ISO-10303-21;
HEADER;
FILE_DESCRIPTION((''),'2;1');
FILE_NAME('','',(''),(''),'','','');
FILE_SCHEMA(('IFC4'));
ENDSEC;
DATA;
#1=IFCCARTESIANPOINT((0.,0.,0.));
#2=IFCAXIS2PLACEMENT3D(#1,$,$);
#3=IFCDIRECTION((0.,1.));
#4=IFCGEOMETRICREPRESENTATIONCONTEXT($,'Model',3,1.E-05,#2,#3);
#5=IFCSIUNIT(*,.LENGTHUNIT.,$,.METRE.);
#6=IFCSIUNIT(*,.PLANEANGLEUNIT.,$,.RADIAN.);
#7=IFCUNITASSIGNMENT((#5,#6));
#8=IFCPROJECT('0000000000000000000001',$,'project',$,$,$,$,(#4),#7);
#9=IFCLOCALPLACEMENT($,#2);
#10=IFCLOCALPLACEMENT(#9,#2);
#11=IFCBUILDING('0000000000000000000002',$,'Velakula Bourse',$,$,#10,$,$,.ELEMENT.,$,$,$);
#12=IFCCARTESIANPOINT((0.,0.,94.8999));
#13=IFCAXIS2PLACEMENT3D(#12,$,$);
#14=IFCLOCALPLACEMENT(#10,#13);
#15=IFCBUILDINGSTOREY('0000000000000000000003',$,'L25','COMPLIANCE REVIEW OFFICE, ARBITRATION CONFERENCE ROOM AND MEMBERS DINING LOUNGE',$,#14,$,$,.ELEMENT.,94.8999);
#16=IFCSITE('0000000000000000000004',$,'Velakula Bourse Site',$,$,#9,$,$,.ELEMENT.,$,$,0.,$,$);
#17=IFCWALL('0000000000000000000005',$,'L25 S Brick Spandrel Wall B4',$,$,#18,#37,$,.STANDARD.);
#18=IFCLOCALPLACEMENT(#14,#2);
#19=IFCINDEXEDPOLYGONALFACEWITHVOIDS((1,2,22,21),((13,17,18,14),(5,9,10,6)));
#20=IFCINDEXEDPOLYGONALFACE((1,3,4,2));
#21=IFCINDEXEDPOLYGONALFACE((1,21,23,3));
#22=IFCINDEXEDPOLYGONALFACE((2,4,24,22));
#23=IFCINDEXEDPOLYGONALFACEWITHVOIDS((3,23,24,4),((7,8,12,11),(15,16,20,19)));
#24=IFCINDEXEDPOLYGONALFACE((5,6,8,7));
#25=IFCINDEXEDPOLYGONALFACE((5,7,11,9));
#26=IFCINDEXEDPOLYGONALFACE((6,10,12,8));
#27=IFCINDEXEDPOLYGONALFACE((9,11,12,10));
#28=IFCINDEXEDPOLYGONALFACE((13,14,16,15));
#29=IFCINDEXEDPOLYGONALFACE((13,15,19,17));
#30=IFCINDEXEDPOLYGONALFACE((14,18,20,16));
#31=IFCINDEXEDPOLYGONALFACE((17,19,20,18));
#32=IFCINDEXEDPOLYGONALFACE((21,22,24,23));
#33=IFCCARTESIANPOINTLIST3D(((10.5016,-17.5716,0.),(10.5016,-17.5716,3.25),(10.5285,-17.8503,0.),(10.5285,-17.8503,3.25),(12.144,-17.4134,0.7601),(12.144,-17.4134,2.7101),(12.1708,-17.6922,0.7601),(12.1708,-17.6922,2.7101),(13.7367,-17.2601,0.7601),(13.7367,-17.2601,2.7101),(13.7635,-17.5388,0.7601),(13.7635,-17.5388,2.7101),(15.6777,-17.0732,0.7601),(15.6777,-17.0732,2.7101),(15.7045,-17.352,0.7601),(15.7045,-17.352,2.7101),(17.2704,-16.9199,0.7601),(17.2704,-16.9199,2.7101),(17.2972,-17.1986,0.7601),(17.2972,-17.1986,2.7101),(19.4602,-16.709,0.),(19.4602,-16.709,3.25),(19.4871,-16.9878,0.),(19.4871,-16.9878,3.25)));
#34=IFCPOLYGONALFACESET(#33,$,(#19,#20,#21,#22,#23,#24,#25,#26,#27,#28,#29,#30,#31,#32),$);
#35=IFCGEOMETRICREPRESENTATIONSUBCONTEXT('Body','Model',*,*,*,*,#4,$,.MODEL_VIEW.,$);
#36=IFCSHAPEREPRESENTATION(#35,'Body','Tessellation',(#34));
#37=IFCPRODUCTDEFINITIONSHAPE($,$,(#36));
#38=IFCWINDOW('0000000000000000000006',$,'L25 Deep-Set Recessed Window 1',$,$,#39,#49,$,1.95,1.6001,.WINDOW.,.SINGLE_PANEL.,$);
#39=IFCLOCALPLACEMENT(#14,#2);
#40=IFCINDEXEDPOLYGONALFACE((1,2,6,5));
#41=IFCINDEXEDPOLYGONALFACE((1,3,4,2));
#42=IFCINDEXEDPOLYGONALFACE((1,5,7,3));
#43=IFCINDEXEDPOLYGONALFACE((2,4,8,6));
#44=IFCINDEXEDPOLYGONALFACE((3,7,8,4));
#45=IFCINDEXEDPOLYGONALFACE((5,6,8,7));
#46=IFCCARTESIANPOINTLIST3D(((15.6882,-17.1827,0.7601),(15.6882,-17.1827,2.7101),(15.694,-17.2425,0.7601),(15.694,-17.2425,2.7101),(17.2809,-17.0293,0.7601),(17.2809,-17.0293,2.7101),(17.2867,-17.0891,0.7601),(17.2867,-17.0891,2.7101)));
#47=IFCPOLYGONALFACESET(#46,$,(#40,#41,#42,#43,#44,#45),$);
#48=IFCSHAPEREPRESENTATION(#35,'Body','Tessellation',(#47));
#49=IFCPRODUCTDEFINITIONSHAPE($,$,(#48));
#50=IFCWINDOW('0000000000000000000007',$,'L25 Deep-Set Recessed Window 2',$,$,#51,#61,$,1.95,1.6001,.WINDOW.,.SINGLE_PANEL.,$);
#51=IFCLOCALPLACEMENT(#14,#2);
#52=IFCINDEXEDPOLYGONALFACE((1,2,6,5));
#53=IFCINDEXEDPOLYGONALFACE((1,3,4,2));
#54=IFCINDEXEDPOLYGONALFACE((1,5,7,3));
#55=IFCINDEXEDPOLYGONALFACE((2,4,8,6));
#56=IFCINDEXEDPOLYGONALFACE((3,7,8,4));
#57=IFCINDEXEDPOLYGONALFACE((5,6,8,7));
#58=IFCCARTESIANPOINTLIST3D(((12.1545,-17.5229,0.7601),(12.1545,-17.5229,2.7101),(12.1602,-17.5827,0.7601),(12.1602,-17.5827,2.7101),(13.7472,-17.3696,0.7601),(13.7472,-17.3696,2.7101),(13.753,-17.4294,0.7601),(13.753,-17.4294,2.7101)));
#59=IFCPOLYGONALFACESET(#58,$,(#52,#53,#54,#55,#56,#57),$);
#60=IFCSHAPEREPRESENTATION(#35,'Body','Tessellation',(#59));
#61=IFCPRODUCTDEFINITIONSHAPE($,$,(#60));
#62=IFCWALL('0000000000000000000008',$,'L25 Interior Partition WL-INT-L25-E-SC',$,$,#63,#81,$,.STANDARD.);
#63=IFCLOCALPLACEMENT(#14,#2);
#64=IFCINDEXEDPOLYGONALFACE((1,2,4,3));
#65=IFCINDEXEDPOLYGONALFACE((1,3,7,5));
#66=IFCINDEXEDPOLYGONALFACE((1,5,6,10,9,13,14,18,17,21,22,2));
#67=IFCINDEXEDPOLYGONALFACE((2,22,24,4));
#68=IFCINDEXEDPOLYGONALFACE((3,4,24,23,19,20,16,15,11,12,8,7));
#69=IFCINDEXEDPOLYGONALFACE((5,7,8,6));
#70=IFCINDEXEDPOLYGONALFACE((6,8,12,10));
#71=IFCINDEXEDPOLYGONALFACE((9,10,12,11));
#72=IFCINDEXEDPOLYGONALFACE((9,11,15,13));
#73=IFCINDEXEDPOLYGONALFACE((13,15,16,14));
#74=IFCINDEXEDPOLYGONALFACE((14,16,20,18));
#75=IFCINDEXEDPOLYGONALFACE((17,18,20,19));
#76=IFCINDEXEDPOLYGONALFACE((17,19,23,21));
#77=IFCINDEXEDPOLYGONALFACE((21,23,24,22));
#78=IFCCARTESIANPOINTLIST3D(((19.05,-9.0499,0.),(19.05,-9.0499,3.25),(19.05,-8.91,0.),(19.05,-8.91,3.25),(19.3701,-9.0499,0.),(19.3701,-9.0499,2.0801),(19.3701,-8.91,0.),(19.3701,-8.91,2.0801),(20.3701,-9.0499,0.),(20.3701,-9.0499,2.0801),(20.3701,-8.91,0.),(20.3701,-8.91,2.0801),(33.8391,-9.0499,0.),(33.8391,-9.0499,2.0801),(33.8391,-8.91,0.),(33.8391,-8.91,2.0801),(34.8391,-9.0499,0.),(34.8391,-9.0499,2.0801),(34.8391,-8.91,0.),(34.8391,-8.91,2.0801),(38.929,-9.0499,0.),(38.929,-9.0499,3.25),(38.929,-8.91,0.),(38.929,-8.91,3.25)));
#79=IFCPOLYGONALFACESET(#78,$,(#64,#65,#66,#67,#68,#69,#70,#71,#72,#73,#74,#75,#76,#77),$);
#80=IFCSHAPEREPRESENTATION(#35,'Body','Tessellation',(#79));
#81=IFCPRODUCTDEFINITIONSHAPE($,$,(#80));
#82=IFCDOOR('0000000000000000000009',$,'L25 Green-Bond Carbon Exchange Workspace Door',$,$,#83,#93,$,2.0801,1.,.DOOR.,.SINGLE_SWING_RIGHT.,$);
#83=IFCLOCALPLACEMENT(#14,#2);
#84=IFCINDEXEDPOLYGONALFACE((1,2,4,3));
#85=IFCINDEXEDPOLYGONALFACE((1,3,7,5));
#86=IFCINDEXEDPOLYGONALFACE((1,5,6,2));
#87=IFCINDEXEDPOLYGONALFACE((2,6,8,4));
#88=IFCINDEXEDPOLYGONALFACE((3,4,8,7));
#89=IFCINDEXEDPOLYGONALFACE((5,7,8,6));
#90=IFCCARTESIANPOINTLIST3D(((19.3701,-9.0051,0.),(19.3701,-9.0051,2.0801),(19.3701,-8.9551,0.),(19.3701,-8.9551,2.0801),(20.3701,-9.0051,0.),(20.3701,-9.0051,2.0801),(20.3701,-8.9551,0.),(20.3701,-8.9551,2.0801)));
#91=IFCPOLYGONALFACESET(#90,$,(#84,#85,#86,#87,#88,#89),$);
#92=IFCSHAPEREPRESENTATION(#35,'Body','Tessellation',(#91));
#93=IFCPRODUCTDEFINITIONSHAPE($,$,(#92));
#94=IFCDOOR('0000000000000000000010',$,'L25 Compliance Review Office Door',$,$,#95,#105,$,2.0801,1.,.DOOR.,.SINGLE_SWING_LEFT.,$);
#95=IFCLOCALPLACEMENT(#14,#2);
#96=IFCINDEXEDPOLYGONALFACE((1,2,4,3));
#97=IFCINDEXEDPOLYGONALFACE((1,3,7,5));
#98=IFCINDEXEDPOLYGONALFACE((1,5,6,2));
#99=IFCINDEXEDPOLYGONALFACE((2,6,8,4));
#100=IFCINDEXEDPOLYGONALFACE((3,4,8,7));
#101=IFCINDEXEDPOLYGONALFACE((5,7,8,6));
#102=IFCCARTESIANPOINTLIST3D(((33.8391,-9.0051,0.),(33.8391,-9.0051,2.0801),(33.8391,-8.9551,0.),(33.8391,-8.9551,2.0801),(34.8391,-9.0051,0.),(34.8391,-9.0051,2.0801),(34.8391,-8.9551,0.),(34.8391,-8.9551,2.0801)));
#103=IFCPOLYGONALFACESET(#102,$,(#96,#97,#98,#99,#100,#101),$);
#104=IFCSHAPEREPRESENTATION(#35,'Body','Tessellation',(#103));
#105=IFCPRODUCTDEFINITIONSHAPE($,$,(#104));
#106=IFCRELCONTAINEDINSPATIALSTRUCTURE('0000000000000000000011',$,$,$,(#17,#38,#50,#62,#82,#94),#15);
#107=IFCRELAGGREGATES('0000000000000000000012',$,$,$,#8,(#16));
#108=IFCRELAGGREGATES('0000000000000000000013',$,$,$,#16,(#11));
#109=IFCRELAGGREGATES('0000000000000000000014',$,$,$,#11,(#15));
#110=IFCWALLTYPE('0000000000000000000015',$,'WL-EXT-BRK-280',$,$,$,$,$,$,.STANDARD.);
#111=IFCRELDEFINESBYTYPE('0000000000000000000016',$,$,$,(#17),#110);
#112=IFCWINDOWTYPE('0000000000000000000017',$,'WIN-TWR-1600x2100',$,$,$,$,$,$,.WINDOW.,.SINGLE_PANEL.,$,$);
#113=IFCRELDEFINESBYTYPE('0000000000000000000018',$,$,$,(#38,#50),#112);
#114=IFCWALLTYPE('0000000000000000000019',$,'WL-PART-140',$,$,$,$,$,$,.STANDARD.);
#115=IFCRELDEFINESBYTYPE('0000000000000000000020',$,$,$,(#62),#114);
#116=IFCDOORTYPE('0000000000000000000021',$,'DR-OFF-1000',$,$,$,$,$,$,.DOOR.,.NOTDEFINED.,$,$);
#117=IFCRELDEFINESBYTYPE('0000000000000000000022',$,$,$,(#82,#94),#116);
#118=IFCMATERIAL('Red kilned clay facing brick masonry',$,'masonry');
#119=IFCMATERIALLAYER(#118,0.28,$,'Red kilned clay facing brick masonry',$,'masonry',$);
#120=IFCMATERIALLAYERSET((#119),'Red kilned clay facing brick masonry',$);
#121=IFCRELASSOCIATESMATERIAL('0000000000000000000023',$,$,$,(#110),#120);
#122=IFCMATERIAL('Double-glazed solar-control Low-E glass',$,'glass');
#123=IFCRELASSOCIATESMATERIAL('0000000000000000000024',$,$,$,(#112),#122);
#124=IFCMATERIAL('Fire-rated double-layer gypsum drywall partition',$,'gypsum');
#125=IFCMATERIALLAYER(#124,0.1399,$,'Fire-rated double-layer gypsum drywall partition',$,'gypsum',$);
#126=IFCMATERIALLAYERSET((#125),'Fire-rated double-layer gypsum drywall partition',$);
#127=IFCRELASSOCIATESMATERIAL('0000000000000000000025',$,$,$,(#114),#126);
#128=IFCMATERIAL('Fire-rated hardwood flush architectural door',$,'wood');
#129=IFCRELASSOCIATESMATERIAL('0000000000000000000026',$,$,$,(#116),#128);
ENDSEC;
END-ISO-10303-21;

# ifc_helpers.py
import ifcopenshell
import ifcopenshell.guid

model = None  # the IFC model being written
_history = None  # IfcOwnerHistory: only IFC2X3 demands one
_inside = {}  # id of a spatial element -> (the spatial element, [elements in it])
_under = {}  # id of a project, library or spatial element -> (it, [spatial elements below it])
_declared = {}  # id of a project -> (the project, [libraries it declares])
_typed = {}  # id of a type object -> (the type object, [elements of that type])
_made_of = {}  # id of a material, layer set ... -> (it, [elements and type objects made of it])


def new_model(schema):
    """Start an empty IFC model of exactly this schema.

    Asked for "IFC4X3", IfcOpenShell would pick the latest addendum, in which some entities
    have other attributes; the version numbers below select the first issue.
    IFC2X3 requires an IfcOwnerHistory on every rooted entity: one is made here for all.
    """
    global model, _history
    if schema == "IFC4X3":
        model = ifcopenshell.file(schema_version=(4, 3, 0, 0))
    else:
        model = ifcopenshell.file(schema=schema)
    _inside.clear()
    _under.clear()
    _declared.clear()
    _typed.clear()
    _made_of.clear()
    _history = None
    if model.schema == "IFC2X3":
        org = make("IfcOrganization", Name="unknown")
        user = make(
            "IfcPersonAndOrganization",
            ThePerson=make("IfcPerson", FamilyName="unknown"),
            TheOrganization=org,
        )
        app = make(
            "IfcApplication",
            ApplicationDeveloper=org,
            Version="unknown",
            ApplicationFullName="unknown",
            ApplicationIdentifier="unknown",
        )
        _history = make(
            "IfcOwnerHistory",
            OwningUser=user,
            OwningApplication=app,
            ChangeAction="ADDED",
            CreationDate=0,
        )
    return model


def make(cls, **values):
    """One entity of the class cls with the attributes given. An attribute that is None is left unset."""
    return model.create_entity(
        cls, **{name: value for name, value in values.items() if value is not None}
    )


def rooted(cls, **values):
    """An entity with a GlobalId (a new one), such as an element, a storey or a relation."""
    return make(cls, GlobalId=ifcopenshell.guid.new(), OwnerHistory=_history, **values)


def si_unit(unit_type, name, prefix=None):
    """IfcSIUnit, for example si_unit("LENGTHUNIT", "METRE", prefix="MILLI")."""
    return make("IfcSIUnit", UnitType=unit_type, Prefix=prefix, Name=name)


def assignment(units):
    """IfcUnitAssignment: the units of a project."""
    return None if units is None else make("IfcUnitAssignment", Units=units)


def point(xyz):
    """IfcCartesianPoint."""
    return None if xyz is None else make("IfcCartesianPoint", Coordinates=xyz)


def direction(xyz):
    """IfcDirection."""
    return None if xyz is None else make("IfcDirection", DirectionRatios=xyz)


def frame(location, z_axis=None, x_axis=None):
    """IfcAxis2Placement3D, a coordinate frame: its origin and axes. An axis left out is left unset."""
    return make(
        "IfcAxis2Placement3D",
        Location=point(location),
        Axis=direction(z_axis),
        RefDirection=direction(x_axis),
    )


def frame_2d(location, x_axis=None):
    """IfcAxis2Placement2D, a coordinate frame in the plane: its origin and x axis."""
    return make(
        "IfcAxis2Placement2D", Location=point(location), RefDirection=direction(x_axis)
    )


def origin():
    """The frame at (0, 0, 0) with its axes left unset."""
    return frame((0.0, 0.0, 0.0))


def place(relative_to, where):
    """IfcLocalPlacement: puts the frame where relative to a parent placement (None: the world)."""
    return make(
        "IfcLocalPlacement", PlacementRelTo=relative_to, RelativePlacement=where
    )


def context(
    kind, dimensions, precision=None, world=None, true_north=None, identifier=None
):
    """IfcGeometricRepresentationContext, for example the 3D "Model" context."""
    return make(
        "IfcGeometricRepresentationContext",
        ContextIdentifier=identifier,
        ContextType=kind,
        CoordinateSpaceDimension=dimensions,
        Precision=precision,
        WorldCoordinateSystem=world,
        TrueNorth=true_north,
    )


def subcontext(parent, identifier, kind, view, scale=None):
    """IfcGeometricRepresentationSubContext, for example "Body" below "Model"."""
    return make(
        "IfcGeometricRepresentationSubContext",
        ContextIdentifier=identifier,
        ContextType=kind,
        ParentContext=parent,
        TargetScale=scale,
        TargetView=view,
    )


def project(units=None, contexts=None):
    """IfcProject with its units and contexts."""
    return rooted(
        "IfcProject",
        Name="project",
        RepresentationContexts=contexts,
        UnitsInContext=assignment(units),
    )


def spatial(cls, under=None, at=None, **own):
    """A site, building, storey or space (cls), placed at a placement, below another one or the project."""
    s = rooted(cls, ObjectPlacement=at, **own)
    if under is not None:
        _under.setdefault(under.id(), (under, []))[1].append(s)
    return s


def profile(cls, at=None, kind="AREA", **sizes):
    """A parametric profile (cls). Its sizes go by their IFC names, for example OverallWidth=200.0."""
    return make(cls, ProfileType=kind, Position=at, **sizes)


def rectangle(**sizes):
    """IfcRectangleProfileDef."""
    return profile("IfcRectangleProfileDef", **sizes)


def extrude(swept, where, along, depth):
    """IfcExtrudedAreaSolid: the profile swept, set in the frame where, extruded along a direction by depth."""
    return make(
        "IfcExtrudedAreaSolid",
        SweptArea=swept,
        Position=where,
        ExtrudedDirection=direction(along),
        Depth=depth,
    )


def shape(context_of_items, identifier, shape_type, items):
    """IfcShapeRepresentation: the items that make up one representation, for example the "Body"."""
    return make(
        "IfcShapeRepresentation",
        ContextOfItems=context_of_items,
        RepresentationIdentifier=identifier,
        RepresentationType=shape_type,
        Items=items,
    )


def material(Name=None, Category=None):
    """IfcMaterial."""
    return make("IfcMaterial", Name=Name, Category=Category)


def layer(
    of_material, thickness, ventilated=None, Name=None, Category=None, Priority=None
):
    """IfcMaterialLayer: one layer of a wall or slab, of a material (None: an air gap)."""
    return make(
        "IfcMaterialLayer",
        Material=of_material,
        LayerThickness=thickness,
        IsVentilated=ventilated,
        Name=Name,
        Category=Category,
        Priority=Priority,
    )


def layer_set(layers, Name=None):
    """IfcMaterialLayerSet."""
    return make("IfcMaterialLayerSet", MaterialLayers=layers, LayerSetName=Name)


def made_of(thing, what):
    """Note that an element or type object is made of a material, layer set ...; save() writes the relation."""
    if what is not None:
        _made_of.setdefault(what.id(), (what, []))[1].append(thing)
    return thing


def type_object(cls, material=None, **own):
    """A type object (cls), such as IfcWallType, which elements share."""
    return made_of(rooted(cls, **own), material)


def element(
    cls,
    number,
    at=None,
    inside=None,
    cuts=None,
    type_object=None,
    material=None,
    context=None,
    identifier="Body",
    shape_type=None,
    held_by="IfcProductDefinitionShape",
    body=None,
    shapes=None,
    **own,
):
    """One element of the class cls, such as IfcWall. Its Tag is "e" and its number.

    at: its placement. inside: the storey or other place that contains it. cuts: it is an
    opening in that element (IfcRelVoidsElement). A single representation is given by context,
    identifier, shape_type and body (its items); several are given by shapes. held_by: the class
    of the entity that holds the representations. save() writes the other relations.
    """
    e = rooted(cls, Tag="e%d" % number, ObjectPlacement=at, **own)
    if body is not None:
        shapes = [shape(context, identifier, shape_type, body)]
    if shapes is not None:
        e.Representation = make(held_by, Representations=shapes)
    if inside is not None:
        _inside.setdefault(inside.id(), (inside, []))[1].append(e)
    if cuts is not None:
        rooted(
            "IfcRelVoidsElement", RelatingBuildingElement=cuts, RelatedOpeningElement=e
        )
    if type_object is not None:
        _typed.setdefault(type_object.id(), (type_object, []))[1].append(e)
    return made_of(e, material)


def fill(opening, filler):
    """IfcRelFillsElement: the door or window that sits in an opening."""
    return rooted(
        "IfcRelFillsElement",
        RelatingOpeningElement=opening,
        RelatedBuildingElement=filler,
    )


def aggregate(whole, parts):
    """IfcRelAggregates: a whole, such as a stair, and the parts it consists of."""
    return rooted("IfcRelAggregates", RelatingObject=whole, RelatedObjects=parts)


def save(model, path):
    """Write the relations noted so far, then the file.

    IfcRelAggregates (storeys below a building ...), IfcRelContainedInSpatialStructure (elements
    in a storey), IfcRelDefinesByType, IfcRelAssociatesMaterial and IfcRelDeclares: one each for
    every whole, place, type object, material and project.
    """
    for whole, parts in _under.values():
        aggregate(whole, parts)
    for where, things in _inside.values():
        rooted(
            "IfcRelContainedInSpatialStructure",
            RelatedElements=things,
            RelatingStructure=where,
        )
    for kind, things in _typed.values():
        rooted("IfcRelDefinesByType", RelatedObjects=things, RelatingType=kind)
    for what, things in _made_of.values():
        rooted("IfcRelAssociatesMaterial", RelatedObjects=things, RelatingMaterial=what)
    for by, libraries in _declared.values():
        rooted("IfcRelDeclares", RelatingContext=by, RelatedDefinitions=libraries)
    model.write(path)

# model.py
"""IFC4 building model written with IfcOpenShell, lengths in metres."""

from ifc_helpers import new_model, si_unit, direction, frame, frame_2d, origin, place, context, subcontext, project, spatial, rectangle, extrude, material, layer, layer_set, type_object, element, fill, save


model = new_model("IFC4")

# Units and contexts
model_context = context("Model", 3, precision=1e-05, world=origin(), true_north=direction((0.0, 1.0)))
body_context = subcontext(model_context, "Body", "Model", "MODEL_VIEW")
ifc_project = project(units=[si_unit("LENGTHUNIT", "METRE"), si_unit("PLANEANGLEUNIT", "RADIAN")], contexts=[model_context])

# Site, building, storey
site_placement = place(None, origin())
site = spatial("IfcSite", under=ifc_project, at=site_placement, Name="Velakula Bourse Site", CompositionType="ELEMENT", RefElevation=0.0)
building_placement = place(site_placement, origin())
building = spatial("IfcBuilding", under=site, at=building_placement, Name="Velakula Bourse", CompositionType="ELEMENT")
storey_placement = place(building_placement, frame((0.0, 0.0, 94.8999)))
storey = spatial("IfcBuildingStorey", under=building, at=storey_placement, Name="L25", Description="COMPLIANCE REVIEW OFFICE, ARBITRATION CONFERENCE ROOM AND MEMBERS DINING LOUNGE", CompositionType="ELEMENT", Elevation=94.8999)

# Wall, openings, windows
ifc_material_1 = material(Name="Red kilned clay facing brick masonry", Category="masonry")
ifc_layer_1 = layer(ifc_material_1, 0.28, Name="Red kilned clay facing brick masonry", Category="masonry")
ifc_layer_set_1 = layer_set([ifc_layer_1], Name="Red kilned clay facing brick masonry")
wall_type_1 = type_object("IfcWallType", Name="WL-EXT-BRK-280", PredefinedType="STANDARD", material=ifc_layer_set_1)
wall_1_placement = place(storey_placement, frame((19.4736, -16.8484, 0.0), z_axis=(0.0, 0.0, 1.0), x_axis=(-0.995397, -0.09584, 0.0)))
wall_1 = element("IfcWall", 1, at=wall_1_placement, inside=storey, type_object=wall_type_1, Name="L25 S Brick Spandrel Wall B4", PredefinedType="STANDARD", context=body_context, shape_type="SweptSolid", body=[
    extrude(rectangle(XDim=9.0, YDim=0.28, at=frame_2d((4.5, 0.0))), origin(), (0.0, 0.0, 1.0), 3.25),
])
opening_1_placement = place(wall_1_placement, frame((2.2, 0.0, 0.76)))
opening_1 = element("IfcOpeningElement", 2, at=opening_1_placement, cuts=wall_1, PredefinedType="OPENING", context=body_context, shape_type="SweptSolid", body=[
    extrude(rectangle(XDim=1.6001, YDim=1.95, at=frame_2d((0.8, 0.9751))), frame((0.0, 0.1499, 0.0), z_axis=(0.0, -1.0, 0.0), x_axis=(1.0, 0.0, 0.0)), (0.0, 0.0, 1.0), 0.3),
])
opening_2_placement = place(wall_1_placement, frame((5.75, 0.0, 0.76)))
opening_2 = element("IfcOpeningElement", 3, at=opening_2_placement, cuts=wall_1, PredefinedType="OPENING", context=body_context, shape_type="SweptSolid", body=[
    extrude(rectangle(XDim=1.6001, YDim=1.95, at=frame_2d((0.8, 0.9751))), frame((0.0, 0.1499, 0.0), z_axis=(0.0, -1.0, 0.0), x_axis=(1.0, 0.0, 0.0)), (0.0, 0.0, 1.0), 0.3),
])
ifc_material_2 = material(Name="Double-glazed solar-control Low-E glass", Category="glass")
window_type = type_object("IfcWindowType", Name="WIN-TWR-1600x2100", PartitioningType="SINGLE_PANEL", PredefinedType="WINDOW", material=ifc_material_2)
window_1_placement = place(opening_1_placement, origin())
window_1 = element("IfcWindow", 4, at=window_1_placement, inside=storey, type_object=window_type, Name="L25 Deep-Set Recessed Window 1", OverallHeight=1.95, OverallWidth=1.6001, PartitioningType="SINGLE_PANEL", PredefinedType="WINDOW", context=body_context, shape_type="SweptSolid", body=[
    extrude(rectangle(XDim=1.6001, YDim=1.95, at=frame_2d((0.8, 0.9751))), frame((0.0, 0.03, 0.0), z_axis=(0.0, -1.0, 0.0), x_axis=(1.0, 0.0, 0.0)), (0.0, 0.0, 1.0), 0.0601),
])
fill(opening_1, window_1)
window_2_placement = place(opening_2_placement, origin())
window_2 = element("IfcWindow", 5, at=window_2_placement, inside=storey, type_object=window_type, Name="L25 Deep-Set Recessed Window 2", OverallHeight=1.95, OverallWidth=1.6001, PartitioningType="SINGLE_PANEL", PredefinedType="WINDOW", context=body_context, shape_type="SweptSolid", body=[
    extrude(rectangle(XDim=1.6001, YDim=1.95, at=frame_2d((0.8, 0.9751))), frame((0.0, 0.03, 0.0), z_axis=(0.0, -1.0, 0.0), x_axis=(1.0, 0.0, 0.0)), (0.0, 0.0, 1.0), 0.0601),
])
fill(opening_2, window_2)

# Wall, openings, doors
ifc_material_3 = material(Name="Fire-rated double-layer gypsum drywall partition", Category="gypsum")
ifc_layer_2 = layer(ifc_material_3, 0.1399, Name="Fire-rated double-layer gypsum drywall partition", Category="gypsum")
ifc_layer_set_2 = layer_set([ifc_layer_2], Name="Fire-rated double-layer gypsum drywall partition")
wall_type_2 = type_object("IfcWallType", Name="WL-PART-140", PredefinedType="STANDARD", material=ifc_layer_set_2)
wall_2_placement = place(storey_placement, frame((19.05, -8.98, 0.0), z_axis=(0.0, 0.0, 1.0), x_axis=(1.0, 0.0, 0.0)))
wall_2 = element("IfcWall", 6, at=wall_2_placement, inside=storey, type_object=wall_type_2, Name="L25 Interior Partition WL-INT-L25-E-SC", PredefinedType="STANDARD", context=body_context, shape_type="SweptSolid", body=[
    extrude(rectangle(XDim=19.8789, YDim=0.1399, at=frame_2d((9.9395, 0.0))), origin(), (0.0, 0.0, 1.0), 3.25),
])
opening_3_placement = place(wall_2_placement, frame((0.3201, 0.0, 0.0)))
opening_3 = element("IfcOpeningElement", 7, at=opening_3_placement, cuts=wall_2, PredefinedType="OPENING", context=body_context, shape_type="SweptSolid", body=[
    extrude(rectangle(XDim=1.0, YDim=2.0801, at=frame_2d((0.5, 1.04))), frame((0.0, 0.0798, 0.0), z_axis=(0.0, -1.0, 0.0), x_axis=(1.0, 0.0, 0.0)), (0.0, 0.0, 1.0), 0.1599),
])
opening_4_placement = place(wall_2_placement, frame((14.7891, 0.0, 0.0)))
opening_4 = element("IfcOpeningElement", 8, at=opening_4_placement, cuts=wall_2, PredefinedType="OPENING", context=body_context, shape_type="SweptSolid", body=[
    extrude(rectangle(XDim=1.0, YDim=2.0801, at=frame_2d((0.5, 1.04))), frame((0.0, 0.0798, 0.0), z_axis=(0.0, -1.0, 0.0), x_axis=(1.0, 0.0, 0.0)), (0.0, 0.0, 1.0), 0.1599),
])
ifc_material_4 = material(Name="Fire-rated hardwood flush architectural door", Category="wood")
door_type = type_object("IfcDoorType", Name="DR-OFF-1000", OperationType="NOTDEFINED", PredefinedType="DOOR", material=ifc_material_4)
door_1_placement = place(opening_3_placement, origin())
door_1 = element("IfcDoor", 9, at=door_1_placement, inside=storey, type_object=door_type, Name="L25 Green-Bond Carbon Exchange Workspace Door", OperationType="SINGLE_SWING_RIGHT", OverallHeight=2.0801, OverallWidth=1.0, PredefinedType="DOOR", context=body_context, shape_type="SweptSolid", body=[
    extrude(rectangle(XDim=1.0, YDim=2.0801, at=frame_2d((0.5, 1.04))), frame((0.0, 0.0249, 0.0), z_axis=(0.0, -1.0, 0.0), x_axis=(1.0, 0.0, 0.0)), (0.0, 0.0, 1.0), 0.05),
])
fill(opening_3, door_1)
door_2_placement = place(opening_4_placement, origin())
door_2 = element("IfcDoor", 10, at=door_2_placement, inside=storey, type_object=door_type, Name="L25 Compliance Review Office Door", OperationType="SINGLE_SWING_LEFT", OverallHeight=2.0801, OverallWidth=1.0, PredefinedType="DOOR", context=body_context, shape_type="SweptSolid", body=[
    extrude(rectangle(XDim=1.0, YDim=2.0801, at=frame_2d((0.5, 1.04))), frame((0.0, 0.0249, 0.0), z_axis=(0.0, -1.0, 0.0), x_axis=(1.0, 0.0, 0.0)), (0.0, 0.0, 1.0), 0.05),
])
fill(opening_4, door_2)

save(model, "model.ifc")
